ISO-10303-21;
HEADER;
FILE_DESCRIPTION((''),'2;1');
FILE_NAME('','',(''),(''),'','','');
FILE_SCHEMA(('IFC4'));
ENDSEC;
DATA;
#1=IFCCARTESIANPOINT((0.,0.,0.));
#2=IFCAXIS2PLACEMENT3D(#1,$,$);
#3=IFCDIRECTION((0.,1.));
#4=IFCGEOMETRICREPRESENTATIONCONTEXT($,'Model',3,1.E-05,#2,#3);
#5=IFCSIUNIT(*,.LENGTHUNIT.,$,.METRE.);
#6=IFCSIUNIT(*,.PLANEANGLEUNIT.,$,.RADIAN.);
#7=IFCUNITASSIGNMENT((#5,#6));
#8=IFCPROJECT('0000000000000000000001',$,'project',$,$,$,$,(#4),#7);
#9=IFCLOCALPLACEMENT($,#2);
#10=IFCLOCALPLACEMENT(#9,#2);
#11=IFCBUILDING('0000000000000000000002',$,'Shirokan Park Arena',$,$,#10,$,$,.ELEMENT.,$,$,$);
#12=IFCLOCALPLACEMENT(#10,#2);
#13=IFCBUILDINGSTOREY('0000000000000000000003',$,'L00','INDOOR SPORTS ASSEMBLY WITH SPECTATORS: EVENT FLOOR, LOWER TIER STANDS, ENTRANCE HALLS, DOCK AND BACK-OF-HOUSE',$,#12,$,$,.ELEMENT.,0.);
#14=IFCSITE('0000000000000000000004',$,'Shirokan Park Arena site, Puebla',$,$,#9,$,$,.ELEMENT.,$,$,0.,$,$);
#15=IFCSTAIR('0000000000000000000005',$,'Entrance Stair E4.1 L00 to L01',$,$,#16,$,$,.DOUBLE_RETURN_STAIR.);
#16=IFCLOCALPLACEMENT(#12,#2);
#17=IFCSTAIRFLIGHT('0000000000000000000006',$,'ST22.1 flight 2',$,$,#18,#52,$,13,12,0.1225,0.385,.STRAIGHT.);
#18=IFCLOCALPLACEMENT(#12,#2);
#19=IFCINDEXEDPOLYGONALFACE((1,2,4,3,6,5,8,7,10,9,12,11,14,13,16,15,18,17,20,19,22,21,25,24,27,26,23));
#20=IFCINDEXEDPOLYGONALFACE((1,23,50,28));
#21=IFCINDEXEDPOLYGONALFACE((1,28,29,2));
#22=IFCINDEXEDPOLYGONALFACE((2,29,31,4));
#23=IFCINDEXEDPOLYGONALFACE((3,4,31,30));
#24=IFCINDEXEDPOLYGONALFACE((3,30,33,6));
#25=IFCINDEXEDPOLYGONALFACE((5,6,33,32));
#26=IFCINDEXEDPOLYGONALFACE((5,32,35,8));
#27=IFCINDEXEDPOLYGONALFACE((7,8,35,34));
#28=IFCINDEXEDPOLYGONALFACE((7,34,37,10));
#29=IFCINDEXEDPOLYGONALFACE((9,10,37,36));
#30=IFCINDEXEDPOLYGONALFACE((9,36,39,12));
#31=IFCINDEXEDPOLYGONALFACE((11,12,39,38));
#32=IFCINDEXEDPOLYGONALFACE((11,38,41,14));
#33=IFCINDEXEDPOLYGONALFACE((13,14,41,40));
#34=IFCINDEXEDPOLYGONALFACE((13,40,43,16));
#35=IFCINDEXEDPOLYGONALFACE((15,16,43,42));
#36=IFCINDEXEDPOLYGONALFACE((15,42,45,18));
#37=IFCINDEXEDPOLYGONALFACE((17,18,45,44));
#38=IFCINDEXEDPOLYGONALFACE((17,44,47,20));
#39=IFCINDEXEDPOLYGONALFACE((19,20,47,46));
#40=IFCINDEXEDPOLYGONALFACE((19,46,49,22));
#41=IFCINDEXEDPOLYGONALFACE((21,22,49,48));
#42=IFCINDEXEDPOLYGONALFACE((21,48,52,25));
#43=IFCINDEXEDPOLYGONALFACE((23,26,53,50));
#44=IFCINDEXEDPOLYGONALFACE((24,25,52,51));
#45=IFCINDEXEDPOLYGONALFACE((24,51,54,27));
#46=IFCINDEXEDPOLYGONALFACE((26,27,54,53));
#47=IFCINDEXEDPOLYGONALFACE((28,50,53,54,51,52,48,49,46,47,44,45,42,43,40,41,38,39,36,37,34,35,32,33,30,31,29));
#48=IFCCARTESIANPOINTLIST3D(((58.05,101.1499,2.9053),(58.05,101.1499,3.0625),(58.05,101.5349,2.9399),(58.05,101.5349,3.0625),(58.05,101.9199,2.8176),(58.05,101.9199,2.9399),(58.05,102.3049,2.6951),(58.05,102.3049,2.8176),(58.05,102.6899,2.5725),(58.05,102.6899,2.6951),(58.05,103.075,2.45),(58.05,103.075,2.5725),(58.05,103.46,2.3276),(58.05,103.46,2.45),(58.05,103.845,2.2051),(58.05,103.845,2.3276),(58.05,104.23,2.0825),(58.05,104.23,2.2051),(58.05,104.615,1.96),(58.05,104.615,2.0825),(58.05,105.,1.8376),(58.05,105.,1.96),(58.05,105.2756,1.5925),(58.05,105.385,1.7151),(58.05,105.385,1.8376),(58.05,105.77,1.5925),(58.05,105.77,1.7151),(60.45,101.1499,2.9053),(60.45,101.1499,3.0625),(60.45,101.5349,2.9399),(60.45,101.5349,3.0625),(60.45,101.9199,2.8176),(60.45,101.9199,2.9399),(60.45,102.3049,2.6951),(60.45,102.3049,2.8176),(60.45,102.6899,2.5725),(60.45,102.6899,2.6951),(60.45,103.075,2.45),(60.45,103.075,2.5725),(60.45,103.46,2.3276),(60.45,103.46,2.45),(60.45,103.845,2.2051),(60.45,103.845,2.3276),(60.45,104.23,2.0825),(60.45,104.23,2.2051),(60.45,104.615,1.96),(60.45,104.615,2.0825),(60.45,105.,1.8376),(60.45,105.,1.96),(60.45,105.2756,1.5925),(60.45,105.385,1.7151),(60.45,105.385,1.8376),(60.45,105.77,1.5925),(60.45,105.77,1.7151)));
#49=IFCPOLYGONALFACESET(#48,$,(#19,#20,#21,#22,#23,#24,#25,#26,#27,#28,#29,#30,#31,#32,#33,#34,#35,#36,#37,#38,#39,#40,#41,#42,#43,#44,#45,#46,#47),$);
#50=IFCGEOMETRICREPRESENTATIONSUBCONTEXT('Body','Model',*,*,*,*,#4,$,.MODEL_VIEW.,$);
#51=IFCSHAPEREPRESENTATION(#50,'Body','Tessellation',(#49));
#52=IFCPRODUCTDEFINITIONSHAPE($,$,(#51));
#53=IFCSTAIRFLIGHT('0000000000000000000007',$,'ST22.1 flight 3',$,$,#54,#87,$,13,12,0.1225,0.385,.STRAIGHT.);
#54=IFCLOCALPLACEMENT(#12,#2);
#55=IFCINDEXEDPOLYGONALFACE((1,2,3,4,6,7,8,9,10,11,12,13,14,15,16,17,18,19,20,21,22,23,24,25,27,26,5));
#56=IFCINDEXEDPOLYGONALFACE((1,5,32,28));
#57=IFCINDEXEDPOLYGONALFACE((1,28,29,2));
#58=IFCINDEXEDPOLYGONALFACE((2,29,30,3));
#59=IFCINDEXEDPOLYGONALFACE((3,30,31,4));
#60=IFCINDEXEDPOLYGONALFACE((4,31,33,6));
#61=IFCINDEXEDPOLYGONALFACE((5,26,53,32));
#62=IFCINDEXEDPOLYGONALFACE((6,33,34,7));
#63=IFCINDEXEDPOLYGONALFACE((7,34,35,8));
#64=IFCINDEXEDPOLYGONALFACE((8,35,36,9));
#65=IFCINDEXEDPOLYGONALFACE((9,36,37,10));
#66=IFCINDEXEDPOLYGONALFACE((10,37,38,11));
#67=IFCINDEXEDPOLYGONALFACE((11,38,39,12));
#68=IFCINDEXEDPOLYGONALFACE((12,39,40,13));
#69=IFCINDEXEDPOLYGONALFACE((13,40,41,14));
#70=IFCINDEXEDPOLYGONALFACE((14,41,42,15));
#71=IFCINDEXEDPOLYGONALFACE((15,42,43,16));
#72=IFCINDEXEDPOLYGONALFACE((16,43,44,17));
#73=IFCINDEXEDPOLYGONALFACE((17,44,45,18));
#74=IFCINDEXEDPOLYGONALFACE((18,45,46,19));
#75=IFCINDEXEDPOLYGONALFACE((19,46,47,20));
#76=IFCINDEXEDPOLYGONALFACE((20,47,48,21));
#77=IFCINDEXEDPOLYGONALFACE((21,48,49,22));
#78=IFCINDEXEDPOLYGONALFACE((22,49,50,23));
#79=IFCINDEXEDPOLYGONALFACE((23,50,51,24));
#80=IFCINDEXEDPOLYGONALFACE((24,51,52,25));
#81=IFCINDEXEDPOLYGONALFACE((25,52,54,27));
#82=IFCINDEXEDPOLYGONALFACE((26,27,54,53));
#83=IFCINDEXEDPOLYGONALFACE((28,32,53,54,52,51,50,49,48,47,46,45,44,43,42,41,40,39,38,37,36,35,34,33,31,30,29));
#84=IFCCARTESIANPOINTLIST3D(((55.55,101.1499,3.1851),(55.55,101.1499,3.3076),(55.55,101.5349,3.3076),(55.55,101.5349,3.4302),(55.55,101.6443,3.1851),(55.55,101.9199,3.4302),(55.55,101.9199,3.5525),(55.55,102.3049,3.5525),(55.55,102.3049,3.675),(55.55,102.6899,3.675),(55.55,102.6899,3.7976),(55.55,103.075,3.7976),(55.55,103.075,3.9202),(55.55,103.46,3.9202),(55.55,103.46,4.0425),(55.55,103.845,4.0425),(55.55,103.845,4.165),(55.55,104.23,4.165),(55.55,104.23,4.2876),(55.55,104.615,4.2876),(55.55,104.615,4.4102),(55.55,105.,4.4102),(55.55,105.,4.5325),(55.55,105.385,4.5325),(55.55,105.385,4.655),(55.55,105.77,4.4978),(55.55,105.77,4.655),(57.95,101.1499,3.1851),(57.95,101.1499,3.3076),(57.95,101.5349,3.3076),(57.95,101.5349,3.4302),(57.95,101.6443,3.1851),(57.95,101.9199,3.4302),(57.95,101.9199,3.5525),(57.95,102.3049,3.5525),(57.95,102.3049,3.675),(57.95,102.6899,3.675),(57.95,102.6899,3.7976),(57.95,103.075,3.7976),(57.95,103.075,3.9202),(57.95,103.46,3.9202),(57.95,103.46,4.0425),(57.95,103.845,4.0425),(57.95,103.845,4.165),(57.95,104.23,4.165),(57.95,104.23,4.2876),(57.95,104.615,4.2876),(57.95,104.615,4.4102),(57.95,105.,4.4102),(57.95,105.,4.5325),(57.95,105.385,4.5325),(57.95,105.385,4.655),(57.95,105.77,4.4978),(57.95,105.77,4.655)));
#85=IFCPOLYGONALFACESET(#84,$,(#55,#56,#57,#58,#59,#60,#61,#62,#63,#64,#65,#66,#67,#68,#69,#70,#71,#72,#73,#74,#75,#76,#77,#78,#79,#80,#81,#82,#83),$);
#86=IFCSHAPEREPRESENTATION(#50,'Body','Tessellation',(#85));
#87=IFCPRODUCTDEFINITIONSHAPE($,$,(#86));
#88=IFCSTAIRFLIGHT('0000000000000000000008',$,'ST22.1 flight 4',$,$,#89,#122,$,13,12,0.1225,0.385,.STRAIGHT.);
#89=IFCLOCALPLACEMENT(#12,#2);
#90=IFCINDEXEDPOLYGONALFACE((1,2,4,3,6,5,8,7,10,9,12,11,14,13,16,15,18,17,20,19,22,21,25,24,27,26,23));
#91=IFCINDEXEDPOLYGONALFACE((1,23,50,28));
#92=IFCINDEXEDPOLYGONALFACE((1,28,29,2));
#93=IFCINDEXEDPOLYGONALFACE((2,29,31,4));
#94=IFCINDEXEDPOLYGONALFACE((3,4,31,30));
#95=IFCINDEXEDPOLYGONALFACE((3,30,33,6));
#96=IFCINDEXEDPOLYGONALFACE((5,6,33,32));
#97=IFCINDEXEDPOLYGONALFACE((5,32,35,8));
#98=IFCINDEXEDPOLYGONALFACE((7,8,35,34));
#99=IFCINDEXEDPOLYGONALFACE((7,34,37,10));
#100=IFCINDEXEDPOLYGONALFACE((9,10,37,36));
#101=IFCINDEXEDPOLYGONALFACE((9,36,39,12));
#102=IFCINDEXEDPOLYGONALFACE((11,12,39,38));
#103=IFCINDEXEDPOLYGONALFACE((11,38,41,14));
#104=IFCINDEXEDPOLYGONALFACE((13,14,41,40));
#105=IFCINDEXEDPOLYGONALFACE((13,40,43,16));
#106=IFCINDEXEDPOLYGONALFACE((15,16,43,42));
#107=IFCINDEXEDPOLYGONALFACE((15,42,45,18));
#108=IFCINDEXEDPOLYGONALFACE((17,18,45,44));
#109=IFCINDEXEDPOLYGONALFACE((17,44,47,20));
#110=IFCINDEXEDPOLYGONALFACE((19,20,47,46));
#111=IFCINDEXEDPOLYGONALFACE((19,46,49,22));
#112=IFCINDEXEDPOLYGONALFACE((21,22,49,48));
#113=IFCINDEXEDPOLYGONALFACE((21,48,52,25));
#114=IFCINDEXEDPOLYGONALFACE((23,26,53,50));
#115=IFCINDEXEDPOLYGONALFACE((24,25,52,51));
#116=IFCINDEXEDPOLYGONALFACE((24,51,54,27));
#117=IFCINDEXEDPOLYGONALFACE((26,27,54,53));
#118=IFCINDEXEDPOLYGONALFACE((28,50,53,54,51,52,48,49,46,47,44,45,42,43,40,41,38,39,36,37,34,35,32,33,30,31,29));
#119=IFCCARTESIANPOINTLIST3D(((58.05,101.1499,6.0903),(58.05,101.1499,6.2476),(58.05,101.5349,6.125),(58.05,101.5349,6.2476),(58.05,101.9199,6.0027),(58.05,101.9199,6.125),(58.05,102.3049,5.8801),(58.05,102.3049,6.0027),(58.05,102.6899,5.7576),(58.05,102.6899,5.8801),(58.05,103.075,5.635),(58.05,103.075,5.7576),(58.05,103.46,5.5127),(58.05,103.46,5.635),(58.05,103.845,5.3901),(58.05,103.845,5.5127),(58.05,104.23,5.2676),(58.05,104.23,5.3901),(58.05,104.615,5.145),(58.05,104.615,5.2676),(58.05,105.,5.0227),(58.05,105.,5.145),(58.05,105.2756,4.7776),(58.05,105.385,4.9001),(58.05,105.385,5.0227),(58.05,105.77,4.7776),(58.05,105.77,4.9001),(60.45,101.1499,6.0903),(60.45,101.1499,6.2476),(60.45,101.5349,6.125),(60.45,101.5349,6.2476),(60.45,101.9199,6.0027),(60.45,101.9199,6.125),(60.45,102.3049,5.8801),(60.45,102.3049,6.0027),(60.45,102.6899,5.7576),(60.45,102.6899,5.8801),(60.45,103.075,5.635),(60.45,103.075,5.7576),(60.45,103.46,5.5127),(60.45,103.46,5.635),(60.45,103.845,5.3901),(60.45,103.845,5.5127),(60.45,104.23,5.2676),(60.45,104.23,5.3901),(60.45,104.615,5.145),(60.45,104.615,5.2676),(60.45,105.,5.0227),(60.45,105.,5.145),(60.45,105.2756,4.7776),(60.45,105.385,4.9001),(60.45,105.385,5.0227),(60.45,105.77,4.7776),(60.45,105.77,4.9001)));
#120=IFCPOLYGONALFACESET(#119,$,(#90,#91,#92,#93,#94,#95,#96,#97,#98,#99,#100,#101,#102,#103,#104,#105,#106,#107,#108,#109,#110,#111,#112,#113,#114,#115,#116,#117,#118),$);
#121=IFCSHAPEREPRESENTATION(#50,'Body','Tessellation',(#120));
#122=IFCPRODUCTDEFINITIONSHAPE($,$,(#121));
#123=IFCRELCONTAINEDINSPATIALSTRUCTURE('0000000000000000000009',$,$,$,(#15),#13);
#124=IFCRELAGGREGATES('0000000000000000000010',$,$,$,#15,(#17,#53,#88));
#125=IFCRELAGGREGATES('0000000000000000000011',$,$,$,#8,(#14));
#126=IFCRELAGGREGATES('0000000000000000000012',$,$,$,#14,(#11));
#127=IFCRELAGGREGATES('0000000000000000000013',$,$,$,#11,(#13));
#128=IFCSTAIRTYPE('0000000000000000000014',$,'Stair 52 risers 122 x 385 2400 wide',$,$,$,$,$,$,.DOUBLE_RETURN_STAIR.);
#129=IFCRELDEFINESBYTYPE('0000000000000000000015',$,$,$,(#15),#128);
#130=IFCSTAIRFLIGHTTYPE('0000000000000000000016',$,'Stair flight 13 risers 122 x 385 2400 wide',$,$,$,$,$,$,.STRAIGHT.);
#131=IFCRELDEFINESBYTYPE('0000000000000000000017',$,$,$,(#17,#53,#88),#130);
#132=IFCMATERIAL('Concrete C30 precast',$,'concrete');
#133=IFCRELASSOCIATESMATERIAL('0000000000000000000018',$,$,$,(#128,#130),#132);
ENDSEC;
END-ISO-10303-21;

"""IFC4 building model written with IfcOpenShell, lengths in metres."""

from ifc_helpers import new_model, si_unit, direction, frame, origin, place, context, subcontext, project, spatial, polyline, outline, extrude, material, type_object, element, aggregate, save


model = new_model("IFC4")

# Units and contexts
model_context = context("Model", 3, precision=1e-05, world=origin(), true_north=direction((0.0, 1.0)))
body_context = subcontext(model_context, "Body", "Model", "MODEL_VIEW")
ifc_project = project(units=[si_unit("LENGTHUNIT", "METRE"), si_unit("PLANEANGLEUNIT", "RADIAN")], contexts=[model_context])

# Site, building, storey
site_placement = place(None, origin())
site = spatial("IfcSite", under=ifc_project, at=site_placement, Name="Shirokan Park Arena site, Puebla", CompositionType="ELEMENT", RefElevation=0.0)
building_placement = place(site_placement, origin())
building = spatial("IfcBuilding", under=site, at=building_placement, Name="Shirokan Park Arena", CompositionType="ELEMENT")
storey_placement = place(building_placement, origin())
storey = spatial("IfcBuildingStorey", under=building, at=storey_placement, Name="L00", Description="INDOOR SPORTS ASSEMBLY WITH SPECTATORS: EVENT FLOOR, LOWER TIER STANDS, ENTRANCE HALLS, DOCK AND BACK-OF-HOUSE", CompositionType="ELEMENT", Elevation=0.0)

# Stair, stair flights
ifc_material_1 = material(Name="Concrete C30 precast", Category="concrete")
stair_type = type_object("IfcStairType", Name="Stair 52 risers 122 x 385 2400 wide", PredefinedType="DOUBLE_RETURN_STAIR", material=ifc_material_1)
stair_placement = place(storey_placement, origin())
stair = element("IfcStair", 1, at=stair_placement, inside=storey, type_object=stair_type, Name="Entrance Stair E4.1 L00 to L01", PredefinedType="DOUBLE_RETURN_STAIR")
stair_flight_type = type_object("IfcStairFlightType", Name="Stair flight 13 risers 122 x 385 2400 wide", PredefinedType="STRAIGHT", material=ifc_material_1)
stair_flight_1_placement = place(storey_placement, frame((59.25, 105.77, 1.5925), z_axis=(0.0, 0.0, 1.0), x_axis=(0.0, -1.0, 0.0)))
stair_flight_1 = element("IfcStairFlight", 2, at=stair_flight_1_placement, type_object=stair_flight_type, Name="ST22.1 flight 2", NumberOfRisers=13, NumberOfTreads=12, PredefinedType="STRAIGHT", RiserHeight=0.1225, TreadLength=0.385, context=body_context, shape_type="SweptSolid", body=[
    extrude(outline(polyline([(0.0, 0.0), (0.0, 0.1226), (0.385, 0.1226), (0.385, 0.2451), (0.77, 0.2451), (0.77, 0.3674), (1.155, 0.3674), (1.155, 0.49), (1.54, 0.49), (1.54, 0.6125), (1.925, 0.6125), (1.925, 0.7351), (2.3101, 0.7351), (2.3101, 0.8574), (2.6951, 0.8574), (2.6951, 0.98), (3.0801, 0.98), (3.0801, 1.1025), (3.4651, 1.1025), (3.4651, 1.2251), (3.8501, 1.2251), (3.8501, 1.3474), (4.2351, 1.3474), (4.2351, 1.47), (4.6201, 1.47), (4.6201, 1.5925), (4.6201, 1.3127), (0.4944, 0.0), (0.0, 0.0)])), frame((0.0, 1.2, 0.0), z_axis=(0.0, -1.0, 0.0), x_axis=(1.0, 0.0, 0.0)), (0.0, 0.0, 1.0), 2.3999),
])
stair_flight_2_placement = place(storey_placement, frame((56.75, 101.1499, 3.1851), z_axis=(0.0, 0.0, 1.0), x_axis=(0.0, 1.0, 0.0)))
stair_flight_2 = element("IfcStairFlight", 3, at=stair_flight_2_placement, type_object=stair_flight_type, Name="ST22.1 flight 3", NumberOfRisers=13, NumberOfTreads=12, PredefinedType="STRAIGHT", RiserHeight=0.1225, TreadLength=0.385, context=body_context, shape_type="SweptSolid", body=[
    extrude(outline(polyline([(0.0, 0.0), (0.0, 0.1226), (0.385, 0.1226), (0.385, 0.2451), (0.77, 0.2451), (0.77, 0.3674), (1.155, 0.3674), (1.155, 0.49), (1.54, 0.49), (1.54, 0.6125), (1.925, 0.6125), (1.925, 0.7351), (2.3101, 0.7351), (2.3101, 0.8574), (2.6951, 0.8574), (2.6951, 0.98), (3.0801, 0.98), (3.0801, 1.1025), (3.4651, 1.1025), (3.4651, 1.2251), (3.8501, 1.2251), (3.8501, 1.3474), (4.2351, 1.3474), (4.2351, 1.47), (4.6201, 1.47), (4.6201, 1.5925), (4.6201, 1.3127), (0.4944, 0.0), (0.0, 0.0)])), frame((0.0, 1.2, 0.0), z_axis=(0.0, -1.0, 0.0), x_axis=(1.0, 0.0, 0.0)), (0.0, 0.0, 1.0), 2.3999),
])
stair_flight_3_placement = place(storey_placement, frame((59.25, 105.77, 4.7776), z_axis=(0.0, 0.0, 1.0), x_axis=(0.0, -1.0, 0.0)))
stair_flight_3 = element("IfcStairFlight", 4, at=stair_flight_3_placement, type_object=stair_flight_type, Name="ST22.1 flight 4", NumberOfRisers=13, NumberOfTreads=12, PredefinedType="STRAIGHT", RiserHeight=0.1225, TreadLength=0.385, context=body_context, shape_type="SweptSolid", body=[
    extrude(outline(polyline([(0.0, 0.0), (0.0, 0.1226), (0.385, 0.1226), (0.385, 0.2451), (0.77, 0.2451), (0.77, 0.3674), (1.155, 0.3674), (1.155, 0.49), (1.54, 0.49), (1.54, 0.6125), (1.925, 0.6125), (1.925, 0.7351), (2.3101, 0.7351), (2.3101, 0.8574), (2.6951, 0.8574), (2.6951, 0.98), (3.0801, 0.98), (3.0801, 1.1025), (3.4651, 1.1025), (3.4651, 1.2251), (3.8501, 1.2251), (3.8501, 1.3474), (4.2351, 1.3474), (4.2351, 1.47), (4.6201, 1.47), (4.6201, 1.5925), (4.6201, 1.3127), (0.4944, 0.0), (0.0, 0.0)])), frame((0.0, 1.2, 0.0), z_axis=(0.0, -1.0, 0.0), x_axis=(1.0, 0.0, 0.0)), (0.0, 0.0, 1.0), 2.3999),
])
aggregate(stair, [stair_flight_1, stair_flight_2, stair_flight_3])

save(model, "model.ifc")
